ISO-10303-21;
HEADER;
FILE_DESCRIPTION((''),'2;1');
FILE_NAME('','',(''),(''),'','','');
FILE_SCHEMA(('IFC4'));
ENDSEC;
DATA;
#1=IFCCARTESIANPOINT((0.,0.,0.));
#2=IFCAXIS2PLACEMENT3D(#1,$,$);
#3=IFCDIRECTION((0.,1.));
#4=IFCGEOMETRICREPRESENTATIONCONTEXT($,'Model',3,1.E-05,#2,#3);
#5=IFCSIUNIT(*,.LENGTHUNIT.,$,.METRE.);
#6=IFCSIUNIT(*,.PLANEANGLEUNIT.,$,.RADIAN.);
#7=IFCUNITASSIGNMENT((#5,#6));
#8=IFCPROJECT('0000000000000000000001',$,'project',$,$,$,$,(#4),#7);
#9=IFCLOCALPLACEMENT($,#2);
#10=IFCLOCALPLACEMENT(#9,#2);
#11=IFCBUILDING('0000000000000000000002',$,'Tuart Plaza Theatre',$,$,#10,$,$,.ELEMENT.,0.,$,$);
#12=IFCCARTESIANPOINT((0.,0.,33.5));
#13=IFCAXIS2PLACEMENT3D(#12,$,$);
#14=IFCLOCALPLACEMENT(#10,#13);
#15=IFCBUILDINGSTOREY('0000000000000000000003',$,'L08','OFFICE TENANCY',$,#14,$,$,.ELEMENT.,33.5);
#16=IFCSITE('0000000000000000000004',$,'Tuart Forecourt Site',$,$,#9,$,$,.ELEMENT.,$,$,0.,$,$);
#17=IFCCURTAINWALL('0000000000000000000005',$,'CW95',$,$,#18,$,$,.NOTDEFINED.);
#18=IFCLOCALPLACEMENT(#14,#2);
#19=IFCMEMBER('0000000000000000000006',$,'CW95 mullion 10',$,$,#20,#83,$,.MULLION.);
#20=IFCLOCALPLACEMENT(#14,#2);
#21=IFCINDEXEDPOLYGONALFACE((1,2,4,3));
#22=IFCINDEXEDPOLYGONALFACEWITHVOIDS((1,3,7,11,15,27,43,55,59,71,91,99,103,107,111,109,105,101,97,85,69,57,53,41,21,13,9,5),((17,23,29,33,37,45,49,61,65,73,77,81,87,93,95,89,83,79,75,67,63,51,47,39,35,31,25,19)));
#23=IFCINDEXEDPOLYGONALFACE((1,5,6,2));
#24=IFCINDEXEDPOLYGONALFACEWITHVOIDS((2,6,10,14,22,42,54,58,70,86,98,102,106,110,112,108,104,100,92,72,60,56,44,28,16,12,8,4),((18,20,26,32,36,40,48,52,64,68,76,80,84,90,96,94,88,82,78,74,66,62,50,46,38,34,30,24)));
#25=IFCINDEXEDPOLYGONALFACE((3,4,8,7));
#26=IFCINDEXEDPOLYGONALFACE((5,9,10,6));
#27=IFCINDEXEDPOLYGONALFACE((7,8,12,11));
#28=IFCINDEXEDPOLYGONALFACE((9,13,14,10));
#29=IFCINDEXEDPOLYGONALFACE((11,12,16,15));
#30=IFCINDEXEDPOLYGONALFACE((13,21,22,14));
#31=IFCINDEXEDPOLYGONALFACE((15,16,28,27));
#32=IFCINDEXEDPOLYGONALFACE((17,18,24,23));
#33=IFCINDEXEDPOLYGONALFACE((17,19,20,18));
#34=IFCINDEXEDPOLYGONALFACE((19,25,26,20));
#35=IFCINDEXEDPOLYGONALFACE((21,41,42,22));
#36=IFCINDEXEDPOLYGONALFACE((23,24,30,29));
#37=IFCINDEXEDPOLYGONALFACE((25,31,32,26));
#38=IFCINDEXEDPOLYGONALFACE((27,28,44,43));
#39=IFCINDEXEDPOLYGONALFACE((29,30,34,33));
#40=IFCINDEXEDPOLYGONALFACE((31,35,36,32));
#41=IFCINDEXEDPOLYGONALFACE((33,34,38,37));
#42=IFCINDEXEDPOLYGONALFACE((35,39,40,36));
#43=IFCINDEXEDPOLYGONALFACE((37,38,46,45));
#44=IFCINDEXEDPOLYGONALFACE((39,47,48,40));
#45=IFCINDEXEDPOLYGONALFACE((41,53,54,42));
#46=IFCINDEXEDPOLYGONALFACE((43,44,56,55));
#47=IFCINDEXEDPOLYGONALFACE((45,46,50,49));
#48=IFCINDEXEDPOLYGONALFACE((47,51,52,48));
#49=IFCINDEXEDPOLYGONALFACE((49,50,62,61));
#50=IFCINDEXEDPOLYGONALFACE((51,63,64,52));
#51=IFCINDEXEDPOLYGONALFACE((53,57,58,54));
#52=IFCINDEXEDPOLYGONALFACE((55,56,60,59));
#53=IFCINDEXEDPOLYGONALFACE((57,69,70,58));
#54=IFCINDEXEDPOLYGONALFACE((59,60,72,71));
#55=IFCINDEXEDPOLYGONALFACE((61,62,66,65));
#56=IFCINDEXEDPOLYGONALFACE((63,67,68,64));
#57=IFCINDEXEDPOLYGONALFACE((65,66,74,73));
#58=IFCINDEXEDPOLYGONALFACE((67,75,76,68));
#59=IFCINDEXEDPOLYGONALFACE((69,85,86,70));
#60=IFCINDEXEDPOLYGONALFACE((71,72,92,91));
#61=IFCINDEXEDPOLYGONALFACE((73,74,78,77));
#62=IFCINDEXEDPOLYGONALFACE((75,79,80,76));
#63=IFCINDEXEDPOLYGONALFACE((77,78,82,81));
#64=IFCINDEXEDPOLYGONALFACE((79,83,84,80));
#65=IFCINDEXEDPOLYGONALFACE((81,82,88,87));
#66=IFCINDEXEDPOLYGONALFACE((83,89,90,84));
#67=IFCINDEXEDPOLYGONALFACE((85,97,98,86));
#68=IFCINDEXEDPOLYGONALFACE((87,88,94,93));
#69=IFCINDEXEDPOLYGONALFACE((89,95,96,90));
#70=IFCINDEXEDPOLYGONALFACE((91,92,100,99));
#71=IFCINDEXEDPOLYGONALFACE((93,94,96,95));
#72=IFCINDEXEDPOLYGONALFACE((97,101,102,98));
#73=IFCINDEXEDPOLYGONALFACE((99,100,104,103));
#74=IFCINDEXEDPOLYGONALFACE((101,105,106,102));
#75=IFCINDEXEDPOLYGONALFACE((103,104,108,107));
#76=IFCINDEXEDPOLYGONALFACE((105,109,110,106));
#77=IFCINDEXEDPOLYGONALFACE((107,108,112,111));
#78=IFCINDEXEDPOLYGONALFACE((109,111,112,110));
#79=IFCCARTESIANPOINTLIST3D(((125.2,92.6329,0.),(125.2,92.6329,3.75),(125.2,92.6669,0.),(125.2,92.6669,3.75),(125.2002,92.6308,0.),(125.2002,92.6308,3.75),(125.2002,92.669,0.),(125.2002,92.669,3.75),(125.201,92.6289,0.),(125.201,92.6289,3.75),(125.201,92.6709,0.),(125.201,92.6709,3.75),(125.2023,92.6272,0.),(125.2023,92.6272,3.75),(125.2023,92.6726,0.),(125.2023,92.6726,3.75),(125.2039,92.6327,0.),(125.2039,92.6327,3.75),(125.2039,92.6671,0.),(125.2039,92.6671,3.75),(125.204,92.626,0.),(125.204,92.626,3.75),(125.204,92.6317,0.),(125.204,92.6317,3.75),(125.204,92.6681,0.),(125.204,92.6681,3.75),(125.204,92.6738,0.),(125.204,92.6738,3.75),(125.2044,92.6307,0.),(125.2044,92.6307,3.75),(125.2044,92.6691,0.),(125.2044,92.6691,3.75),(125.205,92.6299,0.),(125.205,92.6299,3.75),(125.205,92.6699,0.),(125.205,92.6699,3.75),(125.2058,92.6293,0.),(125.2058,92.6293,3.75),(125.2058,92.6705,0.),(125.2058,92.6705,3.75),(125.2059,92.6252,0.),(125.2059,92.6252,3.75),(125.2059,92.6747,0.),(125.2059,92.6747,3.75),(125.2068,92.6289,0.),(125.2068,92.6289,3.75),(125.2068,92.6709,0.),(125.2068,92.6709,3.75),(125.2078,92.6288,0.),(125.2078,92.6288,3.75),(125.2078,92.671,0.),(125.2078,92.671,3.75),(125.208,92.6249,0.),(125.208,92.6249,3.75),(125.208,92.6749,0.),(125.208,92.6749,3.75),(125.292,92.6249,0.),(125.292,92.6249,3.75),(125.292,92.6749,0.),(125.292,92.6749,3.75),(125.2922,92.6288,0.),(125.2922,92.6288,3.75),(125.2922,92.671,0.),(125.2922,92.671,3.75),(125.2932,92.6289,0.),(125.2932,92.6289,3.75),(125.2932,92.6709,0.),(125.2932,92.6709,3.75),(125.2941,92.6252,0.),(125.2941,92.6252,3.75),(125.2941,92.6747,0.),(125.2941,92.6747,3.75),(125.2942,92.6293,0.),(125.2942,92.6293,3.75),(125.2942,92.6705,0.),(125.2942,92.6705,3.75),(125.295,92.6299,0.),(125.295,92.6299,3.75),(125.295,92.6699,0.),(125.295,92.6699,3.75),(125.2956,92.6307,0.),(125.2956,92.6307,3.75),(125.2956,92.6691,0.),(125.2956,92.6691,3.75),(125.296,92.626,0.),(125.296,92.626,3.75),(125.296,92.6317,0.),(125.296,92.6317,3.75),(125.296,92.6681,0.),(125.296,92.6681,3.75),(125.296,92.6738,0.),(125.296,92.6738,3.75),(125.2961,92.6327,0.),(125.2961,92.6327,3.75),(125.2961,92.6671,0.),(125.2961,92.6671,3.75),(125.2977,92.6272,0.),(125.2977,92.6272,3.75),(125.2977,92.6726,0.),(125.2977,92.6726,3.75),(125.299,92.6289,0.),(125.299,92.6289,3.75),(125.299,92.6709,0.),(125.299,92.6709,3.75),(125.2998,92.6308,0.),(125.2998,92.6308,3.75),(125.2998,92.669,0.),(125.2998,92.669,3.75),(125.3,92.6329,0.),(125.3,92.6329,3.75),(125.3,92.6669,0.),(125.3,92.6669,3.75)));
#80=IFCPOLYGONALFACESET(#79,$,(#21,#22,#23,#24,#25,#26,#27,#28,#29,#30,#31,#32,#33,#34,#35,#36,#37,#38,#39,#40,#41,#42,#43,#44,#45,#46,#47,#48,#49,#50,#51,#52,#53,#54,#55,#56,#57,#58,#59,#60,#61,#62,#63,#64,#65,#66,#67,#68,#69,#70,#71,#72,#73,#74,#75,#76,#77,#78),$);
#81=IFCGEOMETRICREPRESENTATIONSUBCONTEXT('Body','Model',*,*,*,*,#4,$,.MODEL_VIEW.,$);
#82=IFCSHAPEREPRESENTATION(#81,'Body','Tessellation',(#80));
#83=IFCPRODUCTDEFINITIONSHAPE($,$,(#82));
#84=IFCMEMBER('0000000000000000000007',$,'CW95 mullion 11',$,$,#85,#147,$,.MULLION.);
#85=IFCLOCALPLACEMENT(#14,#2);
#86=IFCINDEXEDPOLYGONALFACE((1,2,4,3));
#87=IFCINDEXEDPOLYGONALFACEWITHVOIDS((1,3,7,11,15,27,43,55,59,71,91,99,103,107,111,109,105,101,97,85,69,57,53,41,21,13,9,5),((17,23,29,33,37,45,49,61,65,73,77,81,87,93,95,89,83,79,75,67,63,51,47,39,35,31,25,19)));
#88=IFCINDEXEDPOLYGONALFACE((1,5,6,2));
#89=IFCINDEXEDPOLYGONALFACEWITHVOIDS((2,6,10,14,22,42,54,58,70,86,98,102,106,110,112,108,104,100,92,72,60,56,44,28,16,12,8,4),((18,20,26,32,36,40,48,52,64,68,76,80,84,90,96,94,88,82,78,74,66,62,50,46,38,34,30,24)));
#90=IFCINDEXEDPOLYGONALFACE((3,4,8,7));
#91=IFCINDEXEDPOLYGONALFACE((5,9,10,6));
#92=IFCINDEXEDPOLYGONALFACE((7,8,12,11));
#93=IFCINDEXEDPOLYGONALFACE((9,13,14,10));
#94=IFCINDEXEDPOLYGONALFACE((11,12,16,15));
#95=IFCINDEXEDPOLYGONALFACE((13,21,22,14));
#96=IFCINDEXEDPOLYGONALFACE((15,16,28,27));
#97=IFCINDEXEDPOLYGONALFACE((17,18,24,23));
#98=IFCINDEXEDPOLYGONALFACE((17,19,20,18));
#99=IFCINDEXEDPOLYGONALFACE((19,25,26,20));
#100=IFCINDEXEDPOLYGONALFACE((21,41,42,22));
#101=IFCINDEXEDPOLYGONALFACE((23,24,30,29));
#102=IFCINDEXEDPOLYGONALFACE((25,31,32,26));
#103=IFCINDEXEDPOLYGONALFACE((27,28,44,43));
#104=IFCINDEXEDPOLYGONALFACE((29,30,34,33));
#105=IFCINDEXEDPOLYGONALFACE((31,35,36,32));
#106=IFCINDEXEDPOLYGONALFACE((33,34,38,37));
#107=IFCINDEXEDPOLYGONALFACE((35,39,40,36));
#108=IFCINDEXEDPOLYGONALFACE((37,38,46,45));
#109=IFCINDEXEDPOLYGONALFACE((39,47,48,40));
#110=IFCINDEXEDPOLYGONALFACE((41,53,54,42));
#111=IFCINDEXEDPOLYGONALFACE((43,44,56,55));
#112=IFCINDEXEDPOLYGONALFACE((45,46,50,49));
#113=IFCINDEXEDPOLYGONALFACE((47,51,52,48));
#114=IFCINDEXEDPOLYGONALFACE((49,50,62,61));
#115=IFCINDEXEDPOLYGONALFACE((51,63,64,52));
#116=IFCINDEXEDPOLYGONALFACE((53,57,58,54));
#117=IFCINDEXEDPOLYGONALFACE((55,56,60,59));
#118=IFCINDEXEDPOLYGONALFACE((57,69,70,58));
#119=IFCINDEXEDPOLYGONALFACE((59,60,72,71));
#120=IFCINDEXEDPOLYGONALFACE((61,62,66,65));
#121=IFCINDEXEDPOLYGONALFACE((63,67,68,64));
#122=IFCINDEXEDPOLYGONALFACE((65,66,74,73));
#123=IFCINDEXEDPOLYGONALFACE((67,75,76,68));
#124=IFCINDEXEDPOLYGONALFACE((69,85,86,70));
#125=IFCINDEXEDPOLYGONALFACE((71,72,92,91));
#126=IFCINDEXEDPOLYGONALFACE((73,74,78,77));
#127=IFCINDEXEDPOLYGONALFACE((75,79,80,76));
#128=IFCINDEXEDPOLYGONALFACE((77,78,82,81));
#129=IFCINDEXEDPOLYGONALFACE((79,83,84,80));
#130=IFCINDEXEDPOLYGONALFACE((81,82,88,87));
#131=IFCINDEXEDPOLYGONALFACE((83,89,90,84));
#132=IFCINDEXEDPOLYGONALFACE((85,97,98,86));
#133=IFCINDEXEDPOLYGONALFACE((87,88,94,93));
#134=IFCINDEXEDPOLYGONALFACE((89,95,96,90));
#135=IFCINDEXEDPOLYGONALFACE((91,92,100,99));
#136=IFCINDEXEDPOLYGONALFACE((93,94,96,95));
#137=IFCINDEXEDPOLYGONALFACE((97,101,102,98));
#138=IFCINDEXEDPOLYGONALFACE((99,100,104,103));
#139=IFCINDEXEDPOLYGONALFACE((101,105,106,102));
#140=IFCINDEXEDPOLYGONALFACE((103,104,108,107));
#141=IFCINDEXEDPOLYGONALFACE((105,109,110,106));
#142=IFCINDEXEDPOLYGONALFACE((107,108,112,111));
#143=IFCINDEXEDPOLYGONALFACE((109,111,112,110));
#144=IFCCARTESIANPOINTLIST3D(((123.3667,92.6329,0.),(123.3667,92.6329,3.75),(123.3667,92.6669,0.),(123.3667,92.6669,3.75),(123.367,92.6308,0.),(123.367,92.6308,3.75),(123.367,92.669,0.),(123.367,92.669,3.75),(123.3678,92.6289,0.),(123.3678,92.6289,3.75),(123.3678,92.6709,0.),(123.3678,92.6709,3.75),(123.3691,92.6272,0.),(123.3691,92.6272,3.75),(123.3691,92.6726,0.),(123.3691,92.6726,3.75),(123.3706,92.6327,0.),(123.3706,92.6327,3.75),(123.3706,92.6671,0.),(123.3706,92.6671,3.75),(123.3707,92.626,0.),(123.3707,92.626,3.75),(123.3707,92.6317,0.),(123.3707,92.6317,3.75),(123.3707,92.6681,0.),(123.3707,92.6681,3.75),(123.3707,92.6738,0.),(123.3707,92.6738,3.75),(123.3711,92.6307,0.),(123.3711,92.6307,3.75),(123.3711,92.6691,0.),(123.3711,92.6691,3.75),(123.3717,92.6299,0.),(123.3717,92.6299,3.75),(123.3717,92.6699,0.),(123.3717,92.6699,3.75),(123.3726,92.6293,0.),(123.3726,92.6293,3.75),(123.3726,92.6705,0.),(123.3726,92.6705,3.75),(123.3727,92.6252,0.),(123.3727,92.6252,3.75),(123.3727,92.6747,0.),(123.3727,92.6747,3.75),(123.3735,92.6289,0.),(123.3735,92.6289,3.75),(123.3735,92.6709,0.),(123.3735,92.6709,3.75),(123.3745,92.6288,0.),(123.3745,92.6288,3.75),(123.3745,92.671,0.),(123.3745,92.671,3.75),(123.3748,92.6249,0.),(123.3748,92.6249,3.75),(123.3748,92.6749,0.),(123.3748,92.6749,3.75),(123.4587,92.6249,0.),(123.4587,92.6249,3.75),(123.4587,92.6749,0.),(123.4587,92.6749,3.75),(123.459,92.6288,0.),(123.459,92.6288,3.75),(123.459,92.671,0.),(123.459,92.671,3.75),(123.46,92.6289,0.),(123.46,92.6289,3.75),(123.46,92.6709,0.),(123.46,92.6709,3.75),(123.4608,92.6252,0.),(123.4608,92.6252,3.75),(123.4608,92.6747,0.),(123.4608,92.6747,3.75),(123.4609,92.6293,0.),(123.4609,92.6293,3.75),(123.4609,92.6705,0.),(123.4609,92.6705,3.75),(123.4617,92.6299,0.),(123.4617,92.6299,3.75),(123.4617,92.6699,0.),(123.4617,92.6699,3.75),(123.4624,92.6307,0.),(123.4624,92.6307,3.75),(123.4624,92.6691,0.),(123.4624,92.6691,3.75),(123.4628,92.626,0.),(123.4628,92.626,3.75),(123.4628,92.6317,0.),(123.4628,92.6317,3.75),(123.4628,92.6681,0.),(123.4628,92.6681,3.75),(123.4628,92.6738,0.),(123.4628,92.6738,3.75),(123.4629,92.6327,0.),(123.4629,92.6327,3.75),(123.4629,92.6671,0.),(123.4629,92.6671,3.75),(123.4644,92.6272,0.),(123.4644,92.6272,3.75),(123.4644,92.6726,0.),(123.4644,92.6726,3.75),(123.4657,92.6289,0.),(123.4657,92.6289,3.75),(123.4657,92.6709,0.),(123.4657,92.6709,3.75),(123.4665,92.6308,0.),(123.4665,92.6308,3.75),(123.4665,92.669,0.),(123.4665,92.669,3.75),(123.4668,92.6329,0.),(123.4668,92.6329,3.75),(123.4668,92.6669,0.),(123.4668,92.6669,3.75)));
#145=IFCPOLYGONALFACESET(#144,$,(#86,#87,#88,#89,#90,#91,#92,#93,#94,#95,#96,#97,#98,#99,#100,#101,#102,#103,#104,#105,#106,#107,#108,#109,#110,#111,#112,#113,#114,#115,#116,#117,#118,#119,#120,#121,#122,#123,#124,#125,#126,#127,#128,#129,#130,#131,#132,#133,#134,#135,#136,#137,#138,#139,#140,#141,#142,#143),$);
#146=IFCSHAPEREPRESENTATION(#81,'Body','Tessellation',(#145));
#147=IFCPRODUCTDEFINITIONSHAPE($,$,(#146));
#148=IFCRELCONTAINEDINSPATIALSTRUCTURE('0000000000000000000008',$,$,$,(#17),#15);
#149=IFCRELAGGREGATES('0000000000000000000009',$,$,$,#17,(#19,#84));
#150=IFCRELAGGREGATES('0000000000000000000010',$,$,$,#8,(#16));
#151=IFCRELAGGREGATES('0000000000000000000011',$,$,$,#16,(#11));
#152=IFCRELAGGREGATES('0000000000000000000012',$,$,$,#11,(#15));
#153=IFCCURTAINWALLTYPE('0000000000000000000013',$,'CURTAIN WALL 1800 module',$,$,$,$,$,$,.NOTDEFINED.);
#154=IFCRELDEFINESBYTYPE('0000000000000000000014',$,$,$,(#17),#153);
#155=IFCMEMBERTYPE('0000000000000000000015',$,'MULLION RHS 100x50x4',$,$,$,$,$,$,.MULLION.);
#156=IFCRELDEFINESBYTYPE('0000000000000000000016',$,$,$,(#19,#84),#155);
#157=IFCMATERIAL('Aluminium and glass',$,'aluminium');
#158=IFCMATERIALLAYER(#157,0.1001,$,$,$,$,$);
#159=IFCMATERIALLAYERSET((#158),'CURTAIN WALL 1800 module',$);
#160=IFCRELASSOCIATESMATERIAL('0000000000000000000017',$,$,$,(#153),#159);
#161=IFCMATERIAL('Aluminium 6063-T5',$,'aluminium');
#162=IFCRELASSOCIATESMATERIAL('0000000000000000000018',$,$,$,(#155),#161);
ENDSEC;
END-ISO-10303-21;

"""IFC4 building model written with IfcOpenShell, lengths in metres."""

from ifc_helpers import new_model, si_unit, direction, frame, origin, origin_2d, place, context, subcontext, project, spatial, hollow_rectangle, extrude, material, layer, layer_set, material_profile, profile_set, type_object, element, aggregate, save


model = new_model("IFC4")

# Units and contexts
model_context = context("Model", 3, precision=1e-05, world=origin(), true_north=direction((0.0, 1.0)))
body_context = subcontext(model_context, "Body", "Model", "MODEL_VIEW")
ifc_project = project(units=[si_unit("LENGTHUNIT", "METRE"), si_unit("PLANEANGLEUNIT", "RADIAN")], contexts=[model_context])

# Site, building, storey
site_placement = place(None, origin())
site = spatial("IfcSite", under=ifc_project, at=site_placement, Name="Tuart Forecourt Site", CompositionType="ELEMENT", RefElevation=0.0)
building_placement = place(site_placement, origin())
building = spatial("IfcBuilding", under=site, at=building_placement, Name="Tuart Plaza Theatre", CompositionType="ELEMENT", ElevationOfRefHeight=0.0)
storey_placement = place(building_placement, frame((0.0, 0.0, 33.5)))
storey = spatial("IfcBuildingStorey", under=building, at=storey_placement, Name="L08", Description="OFFICE TENANCY", CompositionType="ELEMENT", Elevation=33.5)

# Curtain wall, members
ifc_material_1 = material(Name="Aluminium and glass", Category="aluminium")
ifc_layer_1 = layer(ifc_material_1, 0.1001)
ifc_layer_set_1 = layer_set([ifc_layer_1], Name="CURTAIN WALL 1800 module")
curtain_wall_type = type_object("IfcCurtainWallType", Name="CURTAIN WALL 1800 module", PredefinedType="NOTDEFINED", material=ifc_layer_set_1)
curtain_wall_placement = place(storey_placement, origin())
curtain_wall = element("IfcCurtainWall", 1, at=curtain_wall_placement, inside=storey, type_object=curtain_wall_type, Name="CW95", PredefinedType="NOTDEFINED")
ifc_material_2 = material(Name="Aluminium 6063-T5", Category="aluminium")
ifc_material_profile_1 = material_profile(ifc_material_2, hollow_rectangle(XDim=0.05, YDim=0.1001, WallThickness=0.0039, InnerFilletRadius=0.0039, OuterFilletRadius=0.0081, at=origin_2d()), Name="RHS 100x50x4")
ifc_profile_set_1 = profile_set([ifc_material_profile_1], Name="Aluminium 6063-T5")
member_type_1 = type_object("IfcMemberType", Name="MULLION RHS 100x50x4", PredefinedType="MULLION", material=ifc_profile_set_1)
member_1_placement = place(storey_placement, frame((125.25, 92.6499, 0.0), z_axis=(0.0, 0.0, 1.0), x_axis=(0.0, -1.0, 0.0)))
member_1 = element("IfcMember", 2, at=member_1_placement, type_object=member_type_1, Name="CW95 mullion 10", PredefinedType="MULLION", context=body_context, shape_type="SweptSolid", body=[
    extrude(hollow_rectangle(XDim=0.05, YDim=0.1001, WallThickness=0.0039, InnerFilletRadius=0.0039, OuterFilletRadius=0.0081, at=origin_2d()), origin(), (0.0, 0.0, 1.0), 3.75),
])
member_2_placement = place(storey_placement, frame((123.4167, 92.6499, 0.0), z_axis=(0.0, 0.0, 1.0), x_axis=(0.0, -1.0, 0.0)))
member_2 = element("IfcMember", 3, at=member_2_placement, type_object=member_type_1, Name="CW95 mullion 11", PredefinedType="MULLION", context=body_context, shape_type="SweptSolid", body=[
    extrude(hollow_rectangle(XDim=0.05, YDim=0.1001, WallThickness=0.0039, InnerFilletRadius=0.0039, OuterFilletRadius=0.0081, at=origin_2d()), origin(), (0.0, 0.0, 1.0), 3.75),
])
aggregate(curtain_wall, [member_1, member_2])

save(model, "model.ifc")
